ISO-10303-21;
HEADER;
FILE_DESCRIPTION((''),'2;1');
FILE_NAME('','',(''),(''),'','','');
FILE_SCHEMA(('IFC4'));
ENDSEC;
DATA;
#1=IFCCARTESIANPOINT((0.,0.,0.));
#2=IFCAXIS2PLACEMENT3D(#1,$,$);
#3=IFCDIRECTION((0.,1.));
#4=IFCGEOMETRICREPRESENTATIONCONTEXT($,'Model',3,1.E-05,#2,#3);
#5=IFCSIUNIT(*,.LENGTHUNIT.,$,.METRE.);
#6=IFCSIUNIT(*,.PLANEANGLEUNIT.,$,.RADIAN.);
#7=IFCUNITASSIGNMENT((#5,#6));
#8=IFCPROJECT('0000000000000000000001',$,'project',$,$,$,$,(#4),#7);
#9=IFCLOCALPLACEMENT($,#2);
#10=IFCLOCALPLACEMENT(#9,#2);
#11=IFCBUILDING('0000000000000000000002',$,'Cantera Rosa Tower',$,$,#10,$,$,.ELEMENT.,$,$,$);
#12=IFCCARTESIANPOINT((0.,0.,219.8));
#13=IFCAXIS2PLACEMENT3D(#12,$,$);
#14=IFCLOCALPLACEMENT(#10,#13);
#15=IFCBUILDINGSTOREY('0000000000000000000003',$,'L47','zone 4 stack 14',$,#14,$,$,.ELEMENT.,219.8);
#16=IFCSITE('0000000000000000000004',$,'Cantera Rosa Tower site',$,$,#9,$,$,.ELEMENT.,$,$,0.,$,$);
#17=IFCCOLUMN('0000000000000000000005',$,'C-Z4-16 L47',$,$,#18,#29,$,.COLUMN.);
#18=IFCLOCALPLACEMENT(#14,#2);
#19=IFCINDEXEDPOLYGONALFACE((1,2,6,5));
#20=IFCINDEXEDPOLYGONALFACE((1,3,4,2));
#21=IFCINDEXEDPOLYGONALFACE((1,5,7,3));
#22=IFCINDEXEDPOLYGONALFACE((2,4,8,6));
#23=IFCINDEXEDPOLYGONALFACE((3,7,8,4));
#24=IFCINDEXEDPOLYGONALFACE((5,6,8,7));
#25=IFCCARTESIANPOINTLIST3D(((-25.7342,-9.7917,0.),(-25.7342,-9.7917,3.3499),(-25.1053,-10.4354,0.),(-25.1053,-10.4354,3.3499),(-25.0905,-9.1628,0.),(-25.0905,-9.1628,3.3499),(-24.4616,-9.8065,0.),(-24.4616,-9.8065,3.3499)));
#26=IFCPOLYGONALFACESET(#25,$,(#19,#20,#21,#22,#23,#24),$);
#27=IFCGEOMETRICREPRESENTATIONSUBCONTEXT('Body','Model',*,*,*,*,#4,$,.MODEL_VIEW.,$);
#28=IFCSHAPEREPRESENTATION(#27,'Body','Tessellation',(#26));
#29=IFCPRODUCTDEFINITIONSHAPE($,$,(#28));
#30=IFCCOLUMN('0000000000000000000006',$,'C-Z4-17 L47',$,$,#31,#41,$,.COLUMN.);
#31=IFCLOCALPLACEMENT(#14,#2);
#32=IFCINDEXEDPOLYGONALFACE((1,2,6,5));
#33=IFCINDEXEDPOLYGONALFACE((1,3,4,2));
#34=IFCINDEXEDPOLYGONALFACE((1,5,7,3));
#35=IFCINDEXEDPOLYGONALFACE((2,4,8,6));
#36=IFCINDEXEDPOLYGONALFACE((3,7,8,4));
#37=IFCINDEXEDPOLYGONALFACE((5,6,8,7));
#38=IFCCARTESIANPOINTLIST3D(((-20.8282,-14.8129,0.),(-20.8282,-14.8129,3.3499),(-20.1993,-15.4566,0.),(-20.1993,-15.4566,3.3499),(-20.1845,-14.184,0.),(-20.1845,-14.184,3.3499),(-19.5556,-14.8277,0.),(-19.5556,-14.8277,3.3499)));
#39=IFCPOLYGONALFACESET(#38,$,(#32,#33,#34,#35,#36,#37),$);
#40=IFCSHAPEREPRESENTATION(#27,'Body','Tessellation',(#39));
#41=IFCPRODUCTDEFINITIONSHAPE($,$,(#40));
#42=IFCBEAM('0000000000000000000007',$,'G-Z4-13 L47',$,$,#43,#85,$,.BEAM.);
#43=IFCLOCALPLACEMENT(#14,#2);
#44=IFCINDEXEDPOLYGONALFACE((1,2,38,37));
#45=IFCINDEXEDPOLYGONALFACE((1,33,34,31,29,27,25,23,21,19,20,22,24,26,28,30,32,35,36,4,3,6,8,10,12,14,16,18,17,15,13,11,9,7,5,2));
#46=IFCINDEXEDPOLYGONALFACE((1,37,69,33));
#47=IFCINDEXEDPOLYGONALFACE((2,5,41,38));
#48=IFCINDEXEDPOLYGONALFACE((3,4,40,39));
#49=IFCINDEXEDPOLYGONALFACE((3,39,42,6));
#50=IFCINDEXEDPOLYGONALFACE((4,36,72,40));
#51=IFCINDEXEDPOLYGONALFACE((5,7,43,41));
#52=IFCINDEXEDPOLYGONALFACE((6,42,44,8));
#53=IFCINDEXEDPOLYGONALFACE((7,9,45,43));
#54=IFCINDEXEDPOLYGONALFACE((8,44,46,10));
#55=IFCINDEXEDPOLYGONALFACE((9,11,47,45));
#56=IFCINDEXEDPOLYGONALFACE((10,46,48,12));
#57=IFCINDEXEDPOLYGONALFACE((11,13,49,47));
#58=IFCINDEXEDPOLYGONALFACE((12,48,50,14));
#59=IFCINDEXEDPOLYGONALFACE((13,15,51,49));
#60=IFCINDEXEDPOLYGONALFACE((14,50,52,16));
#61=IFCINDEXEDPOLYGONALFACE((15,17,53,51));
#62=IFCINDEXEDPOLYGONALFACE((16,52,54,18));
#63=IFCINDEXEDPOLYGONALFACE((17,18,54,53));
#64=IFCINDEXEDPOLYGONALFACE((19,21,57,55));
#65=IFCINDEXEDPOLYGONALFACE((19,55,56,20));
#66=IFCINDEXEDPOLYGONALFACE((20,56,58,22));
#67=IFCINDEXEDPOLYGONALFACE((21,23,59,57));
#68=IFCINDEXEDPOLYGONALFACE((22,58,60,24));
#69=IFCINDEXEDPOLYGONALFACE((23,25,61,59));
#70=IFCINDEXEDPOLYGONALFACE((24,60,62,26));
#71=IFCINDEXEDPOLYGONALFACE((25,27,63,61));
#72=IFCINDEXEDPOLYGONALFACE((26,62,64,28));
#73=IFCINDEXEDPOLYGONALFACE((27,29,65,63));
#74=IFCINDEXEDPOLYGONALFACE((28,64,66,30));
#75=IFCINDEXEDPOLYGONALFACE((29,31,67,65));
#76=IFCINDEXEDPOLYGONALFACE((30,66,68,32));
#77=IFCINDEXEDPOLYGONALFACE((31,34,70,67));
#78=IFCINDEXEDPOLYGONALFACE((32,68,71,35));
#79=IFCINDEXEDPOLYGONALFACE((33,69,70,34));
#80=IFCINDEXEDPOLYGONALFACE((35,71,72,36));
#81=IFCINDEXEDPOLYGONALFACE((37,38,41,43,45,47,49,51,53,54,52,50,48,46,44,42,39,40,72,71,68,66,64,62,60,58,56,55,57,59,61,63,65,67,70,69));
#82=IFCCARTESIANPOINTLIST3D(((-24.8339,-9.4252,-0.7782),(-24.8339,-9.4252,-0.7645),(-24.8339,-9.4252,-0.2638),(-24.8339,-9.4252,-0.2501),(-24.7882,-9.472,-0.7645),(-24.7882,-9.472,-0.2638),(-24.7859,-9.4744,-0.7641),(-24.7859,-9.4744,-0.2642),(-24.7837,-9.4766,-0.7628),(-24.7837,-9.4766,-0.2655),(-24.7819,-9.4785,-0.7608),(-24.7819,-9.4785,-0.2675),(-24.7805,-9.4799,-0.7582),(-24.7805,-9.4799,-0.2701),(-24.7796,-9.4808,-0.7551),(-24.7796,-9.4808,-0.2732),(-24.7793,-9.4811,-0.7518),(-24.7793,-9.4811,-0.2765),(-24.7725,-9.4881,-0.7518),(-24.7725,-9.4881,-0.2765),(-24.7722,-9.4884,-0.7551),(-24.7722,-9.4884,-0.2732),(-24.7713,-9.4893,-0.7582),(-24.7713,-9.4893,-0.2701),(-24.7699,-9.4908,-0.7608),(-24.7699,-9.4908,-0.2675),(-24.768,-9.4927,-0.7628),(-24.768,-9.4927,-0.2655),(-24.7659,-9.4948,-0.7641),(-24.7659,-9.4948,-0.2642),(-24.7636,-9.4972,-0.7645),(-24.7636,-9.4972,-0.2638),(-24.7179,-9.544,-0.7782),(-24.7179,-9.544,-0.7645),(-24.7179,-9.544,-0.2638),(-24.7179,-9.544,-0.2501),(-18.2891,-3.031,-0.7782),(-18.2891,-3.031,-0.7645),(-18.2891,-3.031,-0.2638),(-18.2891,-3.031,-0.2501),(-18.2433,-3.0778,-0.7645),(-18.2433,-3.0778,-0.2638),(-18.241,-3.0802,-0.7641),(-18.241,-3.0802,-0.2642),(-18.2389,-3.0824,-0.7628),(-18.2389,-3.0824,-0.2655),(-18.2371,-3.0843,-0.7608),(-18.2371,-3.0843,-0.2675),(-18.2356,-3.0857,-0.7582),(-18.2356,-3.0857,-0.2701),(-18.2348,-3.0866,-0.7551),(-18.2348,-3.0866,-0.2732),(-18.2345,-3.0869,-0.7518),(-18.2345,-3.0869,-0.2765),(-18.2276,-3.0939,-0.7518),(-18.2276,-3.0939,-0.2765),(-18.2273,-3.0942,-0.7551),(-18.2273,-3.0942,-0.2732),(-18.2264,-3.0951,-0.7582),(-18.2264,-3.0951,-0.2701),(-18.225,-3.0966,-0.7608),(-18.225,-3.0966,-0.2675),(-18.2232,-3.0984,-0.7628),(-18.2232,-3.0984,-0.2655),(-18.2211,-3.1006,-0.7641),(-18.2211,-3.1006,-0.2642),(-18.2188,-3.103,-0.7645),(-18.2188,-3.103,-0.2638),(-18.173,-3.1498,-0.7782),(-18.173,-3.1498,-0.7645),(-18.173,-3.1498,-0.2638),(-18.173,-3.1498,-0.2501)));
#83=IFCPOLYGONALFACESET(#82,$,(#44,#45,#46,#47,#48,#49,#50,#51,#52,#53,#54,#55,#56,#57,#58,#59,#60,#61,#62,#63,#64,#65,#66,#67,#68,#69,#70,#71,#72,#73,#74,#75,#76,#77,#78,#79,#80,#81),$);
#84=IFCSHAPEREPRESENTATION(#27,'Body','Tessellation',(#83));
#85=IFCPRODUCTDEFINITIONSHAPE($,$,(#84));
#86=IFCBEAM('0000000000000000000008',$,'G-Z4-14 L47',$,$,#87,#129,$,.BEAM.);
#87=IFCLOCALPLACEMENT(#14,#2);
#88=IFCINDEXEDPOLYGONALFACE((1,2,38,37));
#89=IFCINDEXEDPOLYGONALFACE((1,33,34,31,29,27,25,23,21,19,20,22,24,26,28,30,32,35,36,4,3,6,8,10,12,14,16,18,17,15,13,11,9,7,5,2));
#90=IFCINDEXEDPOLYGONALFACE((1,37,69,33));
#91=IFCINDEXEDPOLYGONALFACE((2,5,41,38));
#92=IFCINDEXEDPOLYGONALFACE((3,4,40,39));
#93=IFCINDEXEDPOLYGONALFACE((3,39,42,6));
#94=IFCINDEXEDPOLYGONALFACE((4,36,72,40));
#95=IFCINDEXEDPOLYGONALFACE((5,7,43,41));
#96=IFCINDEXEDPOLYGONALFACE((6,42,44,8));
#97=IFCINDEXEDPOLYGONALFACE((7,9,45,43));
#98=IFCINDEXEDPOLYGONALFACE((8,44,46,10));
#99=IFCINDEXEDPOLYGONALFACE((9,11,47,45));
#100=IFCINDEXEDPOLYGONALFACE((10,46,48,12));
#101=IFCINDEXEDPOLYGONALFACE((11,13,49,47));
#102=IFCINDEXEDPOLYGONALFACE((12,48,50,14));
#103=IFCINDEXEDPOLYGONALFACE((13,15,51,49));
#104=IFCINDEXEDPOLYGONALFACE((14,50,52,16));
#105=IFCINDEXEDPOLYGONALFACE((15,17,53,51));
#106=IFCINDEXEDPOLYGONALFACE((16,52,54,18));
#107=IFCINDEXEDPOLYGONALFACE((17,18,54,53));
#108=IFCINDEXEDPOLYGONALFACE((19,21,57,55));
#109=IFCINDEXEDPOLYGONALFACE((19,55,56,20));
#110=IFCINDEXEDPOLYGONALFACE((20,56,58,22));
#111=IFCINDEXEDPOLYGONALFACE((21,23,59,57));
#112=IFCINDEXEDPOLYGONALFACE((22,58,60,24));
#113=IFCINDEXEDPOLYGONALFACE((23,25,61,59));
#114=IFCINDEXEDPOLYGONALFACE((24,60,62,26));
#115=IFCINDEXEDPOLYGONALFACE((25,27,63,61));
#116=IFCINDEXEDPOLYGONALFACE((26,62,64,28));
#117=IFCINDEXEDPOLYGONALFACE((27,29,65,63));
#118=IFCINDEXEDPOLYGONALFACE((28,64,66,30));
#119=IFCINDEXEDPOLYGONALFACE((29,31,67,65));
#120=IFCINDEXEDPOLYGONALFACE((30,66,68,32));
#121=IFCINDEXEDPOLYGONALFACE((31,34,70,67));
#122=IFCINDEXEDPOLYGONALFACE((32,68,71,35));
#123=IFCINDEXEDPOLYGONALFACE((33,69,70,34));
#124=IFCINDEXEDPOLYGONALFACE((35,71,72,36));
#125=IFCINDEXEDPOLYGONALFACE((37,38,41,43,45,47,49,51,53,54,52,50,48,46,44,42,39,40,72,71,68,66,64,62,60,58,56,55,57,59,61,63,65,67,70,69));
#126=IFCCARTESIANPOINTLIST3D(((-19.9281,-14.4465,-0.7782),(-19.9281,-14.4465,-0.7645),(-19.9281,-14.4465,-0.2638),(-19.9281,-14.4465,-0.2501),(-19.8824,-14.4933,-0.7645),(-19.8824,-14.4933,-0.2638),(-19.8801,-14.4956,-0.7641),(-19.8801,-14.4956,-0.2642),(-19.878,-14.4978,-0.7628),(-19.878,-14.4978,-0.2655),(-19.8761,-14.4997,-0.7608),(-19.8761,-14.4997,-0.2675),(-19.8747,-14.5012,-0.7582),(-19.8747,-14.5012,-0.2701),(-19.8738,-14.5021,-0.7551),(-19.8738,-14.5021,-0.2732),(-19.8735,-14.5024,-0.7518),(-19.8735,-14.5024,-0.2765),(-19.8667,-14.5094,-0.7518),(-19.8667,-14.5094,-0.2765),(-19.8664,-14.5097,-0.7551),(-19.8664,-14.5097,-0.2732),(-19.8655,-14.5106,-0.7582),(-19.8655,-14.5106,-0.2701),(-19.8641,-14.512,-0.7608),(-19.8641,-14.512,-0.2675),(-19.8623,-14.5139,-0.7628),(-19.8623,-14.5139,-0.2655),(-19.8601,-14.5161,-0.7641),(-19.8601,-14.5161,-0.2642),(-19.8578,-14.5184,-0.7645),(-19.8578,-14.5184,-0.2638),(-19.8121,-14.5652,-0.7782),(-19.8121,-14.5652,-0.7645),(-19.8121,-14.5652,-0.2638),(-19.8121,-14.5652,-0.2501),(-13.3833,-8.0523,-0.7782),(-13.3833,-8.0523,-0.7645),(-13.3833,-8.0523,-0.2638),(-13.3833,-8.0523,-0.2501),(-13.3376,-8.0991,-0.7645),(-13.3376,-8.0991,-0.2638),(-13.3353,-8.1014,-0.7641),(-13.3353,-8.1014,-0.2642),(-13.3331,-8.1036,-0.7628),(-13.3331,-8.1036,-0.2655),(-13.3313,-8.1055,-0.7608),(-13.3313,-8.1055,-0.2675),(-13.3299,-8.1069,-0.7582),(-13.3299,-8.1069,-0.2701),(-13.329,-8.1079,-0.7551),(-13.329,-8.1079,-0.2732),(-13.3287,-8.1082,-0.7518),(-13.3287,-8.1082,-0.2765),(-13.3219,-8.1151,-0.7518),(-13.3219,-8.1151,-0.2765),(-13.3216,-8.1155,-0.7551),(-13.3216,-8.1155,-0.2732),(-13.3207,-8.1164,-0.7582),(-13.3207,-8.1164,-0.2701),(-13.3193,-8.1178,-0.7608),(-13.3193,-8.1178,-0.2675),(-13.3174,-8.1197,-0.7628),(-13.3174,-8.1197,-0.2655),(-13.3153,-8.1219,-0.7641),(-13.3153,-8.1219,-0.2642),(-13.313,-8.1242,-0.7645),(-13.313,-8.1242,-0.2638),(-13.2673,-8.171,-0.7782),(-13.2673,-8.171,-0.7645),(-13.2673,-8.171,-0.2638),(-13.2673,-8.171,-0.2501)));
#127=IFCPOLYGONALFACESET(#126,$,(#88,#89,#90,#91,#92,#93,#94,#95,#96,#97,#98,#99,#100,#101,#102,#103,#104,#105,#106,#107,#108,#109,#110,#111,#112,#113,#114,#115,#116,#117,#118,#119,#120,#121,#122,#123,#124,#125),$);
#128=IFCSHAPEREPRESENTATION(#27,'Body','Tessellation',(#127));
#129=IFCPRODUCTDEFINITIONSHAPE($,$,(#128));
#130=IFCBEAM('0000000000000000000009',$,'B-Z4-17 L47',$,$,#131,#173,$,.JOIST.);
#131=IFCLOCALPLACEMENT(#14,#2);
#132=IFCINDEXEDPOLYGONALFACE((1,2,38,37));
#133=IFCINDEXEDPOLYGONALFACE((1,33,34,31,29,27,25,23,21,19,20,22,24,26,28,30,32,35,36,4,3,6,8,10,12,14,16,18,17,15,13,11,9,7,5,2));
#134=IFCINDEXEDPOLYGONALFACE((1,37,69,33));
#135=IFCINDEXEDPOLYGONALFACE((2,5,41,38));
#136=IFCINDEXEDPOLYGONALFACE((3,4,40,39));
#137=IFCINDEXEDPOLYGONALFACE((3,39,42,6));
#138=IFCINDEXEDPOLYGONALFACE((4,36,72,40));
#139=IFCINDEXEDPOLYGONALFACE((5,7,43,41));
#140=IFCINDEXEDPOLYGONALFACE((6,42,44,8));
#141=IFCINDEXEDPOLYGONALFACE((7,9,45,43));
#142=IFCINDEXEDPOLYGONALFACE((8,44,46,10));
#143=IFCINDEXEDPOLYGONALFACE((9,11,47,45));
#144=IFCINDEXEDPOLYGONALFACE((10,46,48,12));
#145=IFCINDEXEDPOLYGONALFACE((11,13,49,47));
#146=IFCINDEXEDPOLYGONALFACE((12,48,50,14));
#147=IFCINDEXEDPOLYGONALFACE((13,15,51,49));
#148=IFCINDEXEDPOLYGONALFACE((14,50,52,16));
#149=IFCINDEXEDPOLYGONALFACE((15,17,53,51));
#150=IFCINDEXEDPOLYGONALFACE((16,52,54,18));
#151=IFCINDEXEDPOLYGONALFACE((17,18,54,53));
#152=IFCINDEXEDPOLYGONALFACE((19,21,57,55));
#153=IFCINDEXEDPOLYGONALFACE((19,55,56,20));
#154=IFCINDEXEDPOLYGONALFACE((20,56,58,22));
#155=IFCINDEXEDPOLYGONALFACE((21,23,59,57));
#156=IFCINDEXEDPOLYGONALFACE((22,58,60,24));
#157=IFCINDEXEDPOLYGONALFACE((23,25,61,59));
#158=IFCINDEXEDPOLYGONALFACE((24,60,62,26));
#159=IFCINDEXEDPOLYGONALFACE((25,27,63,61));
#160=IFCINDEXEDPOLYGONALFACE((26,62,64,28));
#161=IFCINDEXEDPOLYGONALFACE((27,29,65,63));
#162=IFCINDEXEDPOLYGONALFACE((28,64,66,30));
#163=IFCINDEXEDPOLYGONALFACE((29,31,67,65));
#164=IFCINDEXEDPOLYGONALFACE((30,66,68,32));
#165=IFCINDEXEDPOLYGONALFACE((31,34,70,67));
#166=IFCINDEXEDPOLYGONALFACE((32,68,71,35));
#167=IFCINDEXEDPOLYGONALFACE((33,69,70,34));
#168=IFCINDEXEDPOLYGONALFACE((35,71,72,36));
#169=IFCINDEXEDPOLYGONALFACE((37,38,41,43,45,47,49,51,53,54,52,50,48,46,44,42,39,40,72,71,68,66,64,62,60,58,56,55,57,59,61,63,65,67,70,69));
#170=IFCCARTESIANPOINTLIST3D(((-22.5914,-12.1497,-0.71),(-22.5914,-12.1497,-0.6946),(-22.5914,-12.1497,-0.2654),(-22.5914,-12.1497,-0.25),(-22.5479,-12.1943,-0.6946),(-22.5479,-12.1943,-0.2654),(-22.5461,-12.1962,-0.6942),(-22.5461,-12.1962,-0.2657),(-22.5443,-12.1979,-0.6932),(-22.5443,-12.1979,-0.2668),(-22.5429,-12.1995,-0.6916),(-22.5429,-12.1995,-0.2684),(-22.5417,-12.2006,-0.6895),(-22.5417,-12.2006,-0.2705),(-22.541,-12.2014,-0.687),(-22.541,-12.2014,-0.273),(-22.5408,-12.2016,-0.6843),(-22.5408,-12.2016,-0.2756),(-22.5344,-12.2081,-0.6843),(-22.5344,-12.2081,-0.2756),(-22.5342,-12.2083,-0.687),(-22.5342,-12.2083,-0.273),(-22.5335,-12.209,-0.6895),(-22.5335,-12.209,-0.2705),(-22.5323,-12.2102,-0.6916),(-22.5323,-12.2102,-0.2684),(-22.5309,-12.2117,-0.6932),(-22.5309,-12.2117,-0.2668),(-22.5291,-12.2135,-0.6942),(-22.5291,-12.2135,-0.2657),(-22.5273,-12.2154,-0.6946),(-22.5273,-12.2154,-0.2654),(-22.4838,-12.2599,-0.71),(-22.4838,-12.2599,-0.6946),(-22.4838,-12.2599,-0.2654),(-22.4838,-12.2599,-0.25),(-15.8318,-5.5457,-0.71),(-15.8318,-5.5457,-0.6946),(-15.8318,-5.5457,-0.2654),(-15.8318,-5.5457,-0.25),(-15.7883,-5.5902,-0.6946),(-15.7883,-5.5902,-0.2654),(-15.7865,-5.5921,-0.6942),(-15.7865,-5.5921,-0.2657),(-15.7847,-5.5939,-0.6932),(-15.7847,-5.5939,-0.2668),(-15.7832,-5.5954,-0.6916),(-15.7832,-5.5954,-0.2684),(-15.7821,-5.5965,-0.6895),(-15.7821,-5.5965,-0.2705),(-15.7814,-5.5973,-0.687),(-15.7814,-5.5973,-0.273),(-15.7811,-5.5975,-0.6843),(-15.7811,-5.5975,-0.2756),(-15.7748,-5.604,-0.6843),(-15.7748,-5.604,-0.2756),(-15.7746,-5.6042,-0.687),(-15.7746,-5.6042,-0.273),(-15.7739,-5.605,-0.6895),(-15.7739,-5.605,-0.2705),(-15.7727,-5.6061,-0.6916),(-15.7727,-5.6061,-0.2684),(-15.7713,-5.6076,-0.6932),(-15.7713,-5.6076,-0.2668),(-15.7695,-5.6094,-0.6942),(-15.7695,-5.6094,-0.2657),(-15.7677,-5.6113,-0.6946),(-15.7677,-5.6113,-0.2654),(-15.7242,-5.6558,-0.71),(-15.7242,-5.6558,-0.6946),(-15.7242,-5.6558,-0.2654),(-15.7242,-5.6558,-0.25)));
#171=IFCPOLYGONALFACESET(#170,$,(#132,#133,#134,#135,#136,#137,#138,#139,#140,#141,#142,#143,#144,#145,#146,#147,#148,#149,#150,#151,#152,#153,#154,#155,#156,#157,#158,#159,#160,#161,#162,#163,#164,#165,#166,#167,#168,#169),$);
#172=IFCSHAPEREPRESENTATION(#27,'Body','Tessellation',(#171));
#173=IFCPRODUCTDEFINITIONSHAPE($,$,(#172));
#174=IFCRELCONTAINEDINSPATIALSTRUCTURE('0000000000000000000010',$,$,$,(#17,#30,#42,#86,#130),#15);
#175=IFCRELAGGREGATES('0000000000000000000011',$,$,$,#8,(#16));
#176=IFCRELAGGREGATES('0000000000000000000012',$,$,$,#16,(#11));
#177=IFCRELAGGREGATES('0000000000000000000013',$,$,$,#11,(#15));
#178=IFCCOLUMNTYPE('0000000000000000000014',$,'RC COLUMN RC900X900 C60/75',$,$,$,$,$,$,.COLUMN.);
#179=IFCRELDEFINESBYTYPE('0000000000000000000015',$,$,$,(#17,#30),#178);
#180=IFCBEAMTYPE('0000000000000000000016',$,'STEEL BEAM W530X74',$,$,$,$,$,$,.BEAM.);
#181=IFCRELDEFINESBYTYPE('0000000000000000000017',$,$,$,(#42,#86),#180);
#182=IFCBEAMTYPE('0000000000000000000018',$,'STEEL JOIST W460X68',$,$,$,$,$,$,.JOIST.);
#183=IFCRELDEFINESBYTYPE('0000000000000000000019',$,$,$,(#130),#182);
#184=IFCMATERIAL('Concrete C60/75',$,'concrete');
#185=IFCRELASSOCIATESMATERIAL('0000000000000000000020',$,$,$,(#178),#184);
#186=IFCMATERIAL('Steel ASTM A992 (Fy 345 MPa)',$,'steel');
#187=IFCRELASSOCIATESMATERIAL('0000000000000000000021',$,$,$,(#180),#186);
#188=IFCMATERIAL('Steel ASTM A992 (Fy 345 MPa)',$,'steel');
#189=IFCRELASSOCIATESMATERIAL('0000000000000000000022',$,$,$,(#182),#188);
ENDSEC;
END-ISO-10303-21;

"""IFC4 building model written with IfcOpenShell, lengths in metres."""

from ifc_helpers import new_model, si_unit, direction, frame, origin, origin_2d, place, context, subcontext, project, spatial, rectangle, i_section, extrude, material, material_profile, profile_set, type_object, element, save


model = new_model("IFC4")

# Units and contexts
model_context = context("Model", 3, precision=1e-05, world=origin(), true_north=direction((0.0, 1.0)))
body_context = subcontext(model_context, "Body", "Model", "MODEL_VIEW")
ifc_project = project(units=[si_unit("LENGTHUNIT", "METRE"), si_unit("PLANEANGLEUNIT", "RADIAN")], contexts=[model_context])

# Site, building, storey
site_placement = place(None, origin())
site = spatial("IfcSite", under=ifc_project, at=site_placement, Name="Cantera Rosa Tower site", CompositionType="ELEMENT", RefElevation=0.0)
building_placement = place(site_placement, origin())
building = spatial("IfcBuilding", under=site, at=building_placement, Name="Cantera Rosa Tower", CompositionType="ELEMENT")
storey_placement = place(building_placement, frame((0.0, 0.0, 219.8)))
storey = spatial("IfcBuildingStorey", under=building, at=storey_placement, Name="L47", Description="zone 4 stack 14", CompositionType="ELEMENT", Elevation=219.8)

# Columns
ifc_material_1 = material(Name="Concrete C60/75", Category="concrete")
ifc_material_profile_1 = material_profile(ifc_material_1, rectangle(XDim=0.8999, YDim=0.8999, at=origin_2d()), Name="RC COLUMN RC900X900 C60/75")
ifc_profile_set_1 = profile_set([ifc_material_profile_1], Name="Concrete C60/75")
column_type = type_object("IfcColumnType", Name="RC COLUMN RC900X900 C60/75", PredefinedType="COLUMN", material=ifc_profile_set_1)
for number, where, z_axis, x_axis, name in (
    (1, (-25.0979, -9.7991, 0.0), (0.0, 0.0, 1.0), (0.715286, 0.698832, 0.0), "C-Z4-16 L47"),
    (2, (-20.1919, -14.8203, 0.0), (0.0, 0.0, 1.0), (0.715286, 0.698832, 0.0), "C-Z4-17 L47"),
):
    element("IfcColumn", number, at=place(storey_placement, frame(where, z_axis=z_axis, x_axis=x_axis)), inside=storey, type_object=column_type, Name=name, PredefinedType="COLUMN", context=body_context, shape_type="SweptSolid", body=[
        extrude(rectangle(XDim=0.8999, YDim=0.8999, at=origin_2d()), origin(), (0.0, 0.0, 1.0), 3.3499),
    ])

# Beams
ifc_material_2 = material(Name="Steel ASTM A992 (Fy 345 MPa)", Category="steel")
ifc_material_profile_2 = material_profile(ifc_material_2, i_section(OverallWidth=0.166, OverallDepth=0.5281, WebThickness=0.0098, FlangeThickness=0.0137, FilletRadius=0.0127, at=origin_2d()), Name="W530X74")
ifc_profile_set_2 = profile_set([ifc_material_profile_2], Name="Steel ASTM A992 (Fy 345 MPa)")
beam_type_1 = type_object("IfcBeamType", Name="STEEL BEAM W530X74", PredefinedType="BEAM", material=ifc_profile_set_2)
for number, where, z_axis, x_axis, name in (
    (3, (-24.7759, -9.4846, -0.5142), (0.71529, 0.698827, 0.0), (-0.698827, 0.71529, 0.0), "G-Z4-13 L47"),
    (4, (-19.8701, -14.5059, -0.5142), (0.71529, 0.698827, 0.0), (-0.698827, 0.71529, 0.0), "G-Z4-14 L47"),
):
    element("IfcBeam", number, at=place(storey_placement, frame(where, z_axis=z_axis, x_axis=x_axis)), inside=storey, type_object=beam_type_1, Name=name, PredefinedType="BEAM", context=body_context, shape_type="SweptSolid", body=[
        extrude(i_section(OverallWidth=0.166, OverallDepth=0.5281, WebThickness=0.0098, FlangeThickness=0.0137, FilletRadius=0.0127, at=origin_2d()), origin(), (0.0, 0.0, 1.0), 9.1499),
    ])
ifc_material_3 = material(Name="Steel ASTM A992 (Fy 345 MPa)", Category="steel")
ifc_material_profile_3 = material_profile(ifc_material_3, i_section(OverallWidth=0.1541, OverallDepth=0.46, WebThickness=0.009, FlangeThickness=0.0154, FilletRadius=0.0103, at=origin_2d()), Name="W460X68")
ifc_profile_set_3 = profile_set([ifc_material_profile_3], Name="Steel ASTM A992 (Fy 345 MPa)")
beam_type_2 = type_object("IfcBeamType", Name="STEEL JOIST W460X68", PredefinedType="JOIST", material=ifc_profile_set_3)
beam_placement = place(storey_placement, frame((-22.5376, -12.2048, -0.48), z_axis=(0.715287, 0.698831, 0.0), x_axis=(-0.698831, 0.715287, 0.0)))
element("IfcBeam", 5, at=beam_placement, inside=storey, type_object=beam_type_2, Name="B-Z4-17 L47", PredefinedType="JOIST", context=body_context, shape_type="SweptSolid", body=[
    extrude(i_section(OverallWidth=0.1541, OverallDepth=0.46, WebThickness=0.009, FlangeThickness=0.0154, FilletRadius=0.0103, at=origin_2d()), origin(), (0.0, 0.0, 1.0), 9.4502),
])

save(model, "model.ifc")
